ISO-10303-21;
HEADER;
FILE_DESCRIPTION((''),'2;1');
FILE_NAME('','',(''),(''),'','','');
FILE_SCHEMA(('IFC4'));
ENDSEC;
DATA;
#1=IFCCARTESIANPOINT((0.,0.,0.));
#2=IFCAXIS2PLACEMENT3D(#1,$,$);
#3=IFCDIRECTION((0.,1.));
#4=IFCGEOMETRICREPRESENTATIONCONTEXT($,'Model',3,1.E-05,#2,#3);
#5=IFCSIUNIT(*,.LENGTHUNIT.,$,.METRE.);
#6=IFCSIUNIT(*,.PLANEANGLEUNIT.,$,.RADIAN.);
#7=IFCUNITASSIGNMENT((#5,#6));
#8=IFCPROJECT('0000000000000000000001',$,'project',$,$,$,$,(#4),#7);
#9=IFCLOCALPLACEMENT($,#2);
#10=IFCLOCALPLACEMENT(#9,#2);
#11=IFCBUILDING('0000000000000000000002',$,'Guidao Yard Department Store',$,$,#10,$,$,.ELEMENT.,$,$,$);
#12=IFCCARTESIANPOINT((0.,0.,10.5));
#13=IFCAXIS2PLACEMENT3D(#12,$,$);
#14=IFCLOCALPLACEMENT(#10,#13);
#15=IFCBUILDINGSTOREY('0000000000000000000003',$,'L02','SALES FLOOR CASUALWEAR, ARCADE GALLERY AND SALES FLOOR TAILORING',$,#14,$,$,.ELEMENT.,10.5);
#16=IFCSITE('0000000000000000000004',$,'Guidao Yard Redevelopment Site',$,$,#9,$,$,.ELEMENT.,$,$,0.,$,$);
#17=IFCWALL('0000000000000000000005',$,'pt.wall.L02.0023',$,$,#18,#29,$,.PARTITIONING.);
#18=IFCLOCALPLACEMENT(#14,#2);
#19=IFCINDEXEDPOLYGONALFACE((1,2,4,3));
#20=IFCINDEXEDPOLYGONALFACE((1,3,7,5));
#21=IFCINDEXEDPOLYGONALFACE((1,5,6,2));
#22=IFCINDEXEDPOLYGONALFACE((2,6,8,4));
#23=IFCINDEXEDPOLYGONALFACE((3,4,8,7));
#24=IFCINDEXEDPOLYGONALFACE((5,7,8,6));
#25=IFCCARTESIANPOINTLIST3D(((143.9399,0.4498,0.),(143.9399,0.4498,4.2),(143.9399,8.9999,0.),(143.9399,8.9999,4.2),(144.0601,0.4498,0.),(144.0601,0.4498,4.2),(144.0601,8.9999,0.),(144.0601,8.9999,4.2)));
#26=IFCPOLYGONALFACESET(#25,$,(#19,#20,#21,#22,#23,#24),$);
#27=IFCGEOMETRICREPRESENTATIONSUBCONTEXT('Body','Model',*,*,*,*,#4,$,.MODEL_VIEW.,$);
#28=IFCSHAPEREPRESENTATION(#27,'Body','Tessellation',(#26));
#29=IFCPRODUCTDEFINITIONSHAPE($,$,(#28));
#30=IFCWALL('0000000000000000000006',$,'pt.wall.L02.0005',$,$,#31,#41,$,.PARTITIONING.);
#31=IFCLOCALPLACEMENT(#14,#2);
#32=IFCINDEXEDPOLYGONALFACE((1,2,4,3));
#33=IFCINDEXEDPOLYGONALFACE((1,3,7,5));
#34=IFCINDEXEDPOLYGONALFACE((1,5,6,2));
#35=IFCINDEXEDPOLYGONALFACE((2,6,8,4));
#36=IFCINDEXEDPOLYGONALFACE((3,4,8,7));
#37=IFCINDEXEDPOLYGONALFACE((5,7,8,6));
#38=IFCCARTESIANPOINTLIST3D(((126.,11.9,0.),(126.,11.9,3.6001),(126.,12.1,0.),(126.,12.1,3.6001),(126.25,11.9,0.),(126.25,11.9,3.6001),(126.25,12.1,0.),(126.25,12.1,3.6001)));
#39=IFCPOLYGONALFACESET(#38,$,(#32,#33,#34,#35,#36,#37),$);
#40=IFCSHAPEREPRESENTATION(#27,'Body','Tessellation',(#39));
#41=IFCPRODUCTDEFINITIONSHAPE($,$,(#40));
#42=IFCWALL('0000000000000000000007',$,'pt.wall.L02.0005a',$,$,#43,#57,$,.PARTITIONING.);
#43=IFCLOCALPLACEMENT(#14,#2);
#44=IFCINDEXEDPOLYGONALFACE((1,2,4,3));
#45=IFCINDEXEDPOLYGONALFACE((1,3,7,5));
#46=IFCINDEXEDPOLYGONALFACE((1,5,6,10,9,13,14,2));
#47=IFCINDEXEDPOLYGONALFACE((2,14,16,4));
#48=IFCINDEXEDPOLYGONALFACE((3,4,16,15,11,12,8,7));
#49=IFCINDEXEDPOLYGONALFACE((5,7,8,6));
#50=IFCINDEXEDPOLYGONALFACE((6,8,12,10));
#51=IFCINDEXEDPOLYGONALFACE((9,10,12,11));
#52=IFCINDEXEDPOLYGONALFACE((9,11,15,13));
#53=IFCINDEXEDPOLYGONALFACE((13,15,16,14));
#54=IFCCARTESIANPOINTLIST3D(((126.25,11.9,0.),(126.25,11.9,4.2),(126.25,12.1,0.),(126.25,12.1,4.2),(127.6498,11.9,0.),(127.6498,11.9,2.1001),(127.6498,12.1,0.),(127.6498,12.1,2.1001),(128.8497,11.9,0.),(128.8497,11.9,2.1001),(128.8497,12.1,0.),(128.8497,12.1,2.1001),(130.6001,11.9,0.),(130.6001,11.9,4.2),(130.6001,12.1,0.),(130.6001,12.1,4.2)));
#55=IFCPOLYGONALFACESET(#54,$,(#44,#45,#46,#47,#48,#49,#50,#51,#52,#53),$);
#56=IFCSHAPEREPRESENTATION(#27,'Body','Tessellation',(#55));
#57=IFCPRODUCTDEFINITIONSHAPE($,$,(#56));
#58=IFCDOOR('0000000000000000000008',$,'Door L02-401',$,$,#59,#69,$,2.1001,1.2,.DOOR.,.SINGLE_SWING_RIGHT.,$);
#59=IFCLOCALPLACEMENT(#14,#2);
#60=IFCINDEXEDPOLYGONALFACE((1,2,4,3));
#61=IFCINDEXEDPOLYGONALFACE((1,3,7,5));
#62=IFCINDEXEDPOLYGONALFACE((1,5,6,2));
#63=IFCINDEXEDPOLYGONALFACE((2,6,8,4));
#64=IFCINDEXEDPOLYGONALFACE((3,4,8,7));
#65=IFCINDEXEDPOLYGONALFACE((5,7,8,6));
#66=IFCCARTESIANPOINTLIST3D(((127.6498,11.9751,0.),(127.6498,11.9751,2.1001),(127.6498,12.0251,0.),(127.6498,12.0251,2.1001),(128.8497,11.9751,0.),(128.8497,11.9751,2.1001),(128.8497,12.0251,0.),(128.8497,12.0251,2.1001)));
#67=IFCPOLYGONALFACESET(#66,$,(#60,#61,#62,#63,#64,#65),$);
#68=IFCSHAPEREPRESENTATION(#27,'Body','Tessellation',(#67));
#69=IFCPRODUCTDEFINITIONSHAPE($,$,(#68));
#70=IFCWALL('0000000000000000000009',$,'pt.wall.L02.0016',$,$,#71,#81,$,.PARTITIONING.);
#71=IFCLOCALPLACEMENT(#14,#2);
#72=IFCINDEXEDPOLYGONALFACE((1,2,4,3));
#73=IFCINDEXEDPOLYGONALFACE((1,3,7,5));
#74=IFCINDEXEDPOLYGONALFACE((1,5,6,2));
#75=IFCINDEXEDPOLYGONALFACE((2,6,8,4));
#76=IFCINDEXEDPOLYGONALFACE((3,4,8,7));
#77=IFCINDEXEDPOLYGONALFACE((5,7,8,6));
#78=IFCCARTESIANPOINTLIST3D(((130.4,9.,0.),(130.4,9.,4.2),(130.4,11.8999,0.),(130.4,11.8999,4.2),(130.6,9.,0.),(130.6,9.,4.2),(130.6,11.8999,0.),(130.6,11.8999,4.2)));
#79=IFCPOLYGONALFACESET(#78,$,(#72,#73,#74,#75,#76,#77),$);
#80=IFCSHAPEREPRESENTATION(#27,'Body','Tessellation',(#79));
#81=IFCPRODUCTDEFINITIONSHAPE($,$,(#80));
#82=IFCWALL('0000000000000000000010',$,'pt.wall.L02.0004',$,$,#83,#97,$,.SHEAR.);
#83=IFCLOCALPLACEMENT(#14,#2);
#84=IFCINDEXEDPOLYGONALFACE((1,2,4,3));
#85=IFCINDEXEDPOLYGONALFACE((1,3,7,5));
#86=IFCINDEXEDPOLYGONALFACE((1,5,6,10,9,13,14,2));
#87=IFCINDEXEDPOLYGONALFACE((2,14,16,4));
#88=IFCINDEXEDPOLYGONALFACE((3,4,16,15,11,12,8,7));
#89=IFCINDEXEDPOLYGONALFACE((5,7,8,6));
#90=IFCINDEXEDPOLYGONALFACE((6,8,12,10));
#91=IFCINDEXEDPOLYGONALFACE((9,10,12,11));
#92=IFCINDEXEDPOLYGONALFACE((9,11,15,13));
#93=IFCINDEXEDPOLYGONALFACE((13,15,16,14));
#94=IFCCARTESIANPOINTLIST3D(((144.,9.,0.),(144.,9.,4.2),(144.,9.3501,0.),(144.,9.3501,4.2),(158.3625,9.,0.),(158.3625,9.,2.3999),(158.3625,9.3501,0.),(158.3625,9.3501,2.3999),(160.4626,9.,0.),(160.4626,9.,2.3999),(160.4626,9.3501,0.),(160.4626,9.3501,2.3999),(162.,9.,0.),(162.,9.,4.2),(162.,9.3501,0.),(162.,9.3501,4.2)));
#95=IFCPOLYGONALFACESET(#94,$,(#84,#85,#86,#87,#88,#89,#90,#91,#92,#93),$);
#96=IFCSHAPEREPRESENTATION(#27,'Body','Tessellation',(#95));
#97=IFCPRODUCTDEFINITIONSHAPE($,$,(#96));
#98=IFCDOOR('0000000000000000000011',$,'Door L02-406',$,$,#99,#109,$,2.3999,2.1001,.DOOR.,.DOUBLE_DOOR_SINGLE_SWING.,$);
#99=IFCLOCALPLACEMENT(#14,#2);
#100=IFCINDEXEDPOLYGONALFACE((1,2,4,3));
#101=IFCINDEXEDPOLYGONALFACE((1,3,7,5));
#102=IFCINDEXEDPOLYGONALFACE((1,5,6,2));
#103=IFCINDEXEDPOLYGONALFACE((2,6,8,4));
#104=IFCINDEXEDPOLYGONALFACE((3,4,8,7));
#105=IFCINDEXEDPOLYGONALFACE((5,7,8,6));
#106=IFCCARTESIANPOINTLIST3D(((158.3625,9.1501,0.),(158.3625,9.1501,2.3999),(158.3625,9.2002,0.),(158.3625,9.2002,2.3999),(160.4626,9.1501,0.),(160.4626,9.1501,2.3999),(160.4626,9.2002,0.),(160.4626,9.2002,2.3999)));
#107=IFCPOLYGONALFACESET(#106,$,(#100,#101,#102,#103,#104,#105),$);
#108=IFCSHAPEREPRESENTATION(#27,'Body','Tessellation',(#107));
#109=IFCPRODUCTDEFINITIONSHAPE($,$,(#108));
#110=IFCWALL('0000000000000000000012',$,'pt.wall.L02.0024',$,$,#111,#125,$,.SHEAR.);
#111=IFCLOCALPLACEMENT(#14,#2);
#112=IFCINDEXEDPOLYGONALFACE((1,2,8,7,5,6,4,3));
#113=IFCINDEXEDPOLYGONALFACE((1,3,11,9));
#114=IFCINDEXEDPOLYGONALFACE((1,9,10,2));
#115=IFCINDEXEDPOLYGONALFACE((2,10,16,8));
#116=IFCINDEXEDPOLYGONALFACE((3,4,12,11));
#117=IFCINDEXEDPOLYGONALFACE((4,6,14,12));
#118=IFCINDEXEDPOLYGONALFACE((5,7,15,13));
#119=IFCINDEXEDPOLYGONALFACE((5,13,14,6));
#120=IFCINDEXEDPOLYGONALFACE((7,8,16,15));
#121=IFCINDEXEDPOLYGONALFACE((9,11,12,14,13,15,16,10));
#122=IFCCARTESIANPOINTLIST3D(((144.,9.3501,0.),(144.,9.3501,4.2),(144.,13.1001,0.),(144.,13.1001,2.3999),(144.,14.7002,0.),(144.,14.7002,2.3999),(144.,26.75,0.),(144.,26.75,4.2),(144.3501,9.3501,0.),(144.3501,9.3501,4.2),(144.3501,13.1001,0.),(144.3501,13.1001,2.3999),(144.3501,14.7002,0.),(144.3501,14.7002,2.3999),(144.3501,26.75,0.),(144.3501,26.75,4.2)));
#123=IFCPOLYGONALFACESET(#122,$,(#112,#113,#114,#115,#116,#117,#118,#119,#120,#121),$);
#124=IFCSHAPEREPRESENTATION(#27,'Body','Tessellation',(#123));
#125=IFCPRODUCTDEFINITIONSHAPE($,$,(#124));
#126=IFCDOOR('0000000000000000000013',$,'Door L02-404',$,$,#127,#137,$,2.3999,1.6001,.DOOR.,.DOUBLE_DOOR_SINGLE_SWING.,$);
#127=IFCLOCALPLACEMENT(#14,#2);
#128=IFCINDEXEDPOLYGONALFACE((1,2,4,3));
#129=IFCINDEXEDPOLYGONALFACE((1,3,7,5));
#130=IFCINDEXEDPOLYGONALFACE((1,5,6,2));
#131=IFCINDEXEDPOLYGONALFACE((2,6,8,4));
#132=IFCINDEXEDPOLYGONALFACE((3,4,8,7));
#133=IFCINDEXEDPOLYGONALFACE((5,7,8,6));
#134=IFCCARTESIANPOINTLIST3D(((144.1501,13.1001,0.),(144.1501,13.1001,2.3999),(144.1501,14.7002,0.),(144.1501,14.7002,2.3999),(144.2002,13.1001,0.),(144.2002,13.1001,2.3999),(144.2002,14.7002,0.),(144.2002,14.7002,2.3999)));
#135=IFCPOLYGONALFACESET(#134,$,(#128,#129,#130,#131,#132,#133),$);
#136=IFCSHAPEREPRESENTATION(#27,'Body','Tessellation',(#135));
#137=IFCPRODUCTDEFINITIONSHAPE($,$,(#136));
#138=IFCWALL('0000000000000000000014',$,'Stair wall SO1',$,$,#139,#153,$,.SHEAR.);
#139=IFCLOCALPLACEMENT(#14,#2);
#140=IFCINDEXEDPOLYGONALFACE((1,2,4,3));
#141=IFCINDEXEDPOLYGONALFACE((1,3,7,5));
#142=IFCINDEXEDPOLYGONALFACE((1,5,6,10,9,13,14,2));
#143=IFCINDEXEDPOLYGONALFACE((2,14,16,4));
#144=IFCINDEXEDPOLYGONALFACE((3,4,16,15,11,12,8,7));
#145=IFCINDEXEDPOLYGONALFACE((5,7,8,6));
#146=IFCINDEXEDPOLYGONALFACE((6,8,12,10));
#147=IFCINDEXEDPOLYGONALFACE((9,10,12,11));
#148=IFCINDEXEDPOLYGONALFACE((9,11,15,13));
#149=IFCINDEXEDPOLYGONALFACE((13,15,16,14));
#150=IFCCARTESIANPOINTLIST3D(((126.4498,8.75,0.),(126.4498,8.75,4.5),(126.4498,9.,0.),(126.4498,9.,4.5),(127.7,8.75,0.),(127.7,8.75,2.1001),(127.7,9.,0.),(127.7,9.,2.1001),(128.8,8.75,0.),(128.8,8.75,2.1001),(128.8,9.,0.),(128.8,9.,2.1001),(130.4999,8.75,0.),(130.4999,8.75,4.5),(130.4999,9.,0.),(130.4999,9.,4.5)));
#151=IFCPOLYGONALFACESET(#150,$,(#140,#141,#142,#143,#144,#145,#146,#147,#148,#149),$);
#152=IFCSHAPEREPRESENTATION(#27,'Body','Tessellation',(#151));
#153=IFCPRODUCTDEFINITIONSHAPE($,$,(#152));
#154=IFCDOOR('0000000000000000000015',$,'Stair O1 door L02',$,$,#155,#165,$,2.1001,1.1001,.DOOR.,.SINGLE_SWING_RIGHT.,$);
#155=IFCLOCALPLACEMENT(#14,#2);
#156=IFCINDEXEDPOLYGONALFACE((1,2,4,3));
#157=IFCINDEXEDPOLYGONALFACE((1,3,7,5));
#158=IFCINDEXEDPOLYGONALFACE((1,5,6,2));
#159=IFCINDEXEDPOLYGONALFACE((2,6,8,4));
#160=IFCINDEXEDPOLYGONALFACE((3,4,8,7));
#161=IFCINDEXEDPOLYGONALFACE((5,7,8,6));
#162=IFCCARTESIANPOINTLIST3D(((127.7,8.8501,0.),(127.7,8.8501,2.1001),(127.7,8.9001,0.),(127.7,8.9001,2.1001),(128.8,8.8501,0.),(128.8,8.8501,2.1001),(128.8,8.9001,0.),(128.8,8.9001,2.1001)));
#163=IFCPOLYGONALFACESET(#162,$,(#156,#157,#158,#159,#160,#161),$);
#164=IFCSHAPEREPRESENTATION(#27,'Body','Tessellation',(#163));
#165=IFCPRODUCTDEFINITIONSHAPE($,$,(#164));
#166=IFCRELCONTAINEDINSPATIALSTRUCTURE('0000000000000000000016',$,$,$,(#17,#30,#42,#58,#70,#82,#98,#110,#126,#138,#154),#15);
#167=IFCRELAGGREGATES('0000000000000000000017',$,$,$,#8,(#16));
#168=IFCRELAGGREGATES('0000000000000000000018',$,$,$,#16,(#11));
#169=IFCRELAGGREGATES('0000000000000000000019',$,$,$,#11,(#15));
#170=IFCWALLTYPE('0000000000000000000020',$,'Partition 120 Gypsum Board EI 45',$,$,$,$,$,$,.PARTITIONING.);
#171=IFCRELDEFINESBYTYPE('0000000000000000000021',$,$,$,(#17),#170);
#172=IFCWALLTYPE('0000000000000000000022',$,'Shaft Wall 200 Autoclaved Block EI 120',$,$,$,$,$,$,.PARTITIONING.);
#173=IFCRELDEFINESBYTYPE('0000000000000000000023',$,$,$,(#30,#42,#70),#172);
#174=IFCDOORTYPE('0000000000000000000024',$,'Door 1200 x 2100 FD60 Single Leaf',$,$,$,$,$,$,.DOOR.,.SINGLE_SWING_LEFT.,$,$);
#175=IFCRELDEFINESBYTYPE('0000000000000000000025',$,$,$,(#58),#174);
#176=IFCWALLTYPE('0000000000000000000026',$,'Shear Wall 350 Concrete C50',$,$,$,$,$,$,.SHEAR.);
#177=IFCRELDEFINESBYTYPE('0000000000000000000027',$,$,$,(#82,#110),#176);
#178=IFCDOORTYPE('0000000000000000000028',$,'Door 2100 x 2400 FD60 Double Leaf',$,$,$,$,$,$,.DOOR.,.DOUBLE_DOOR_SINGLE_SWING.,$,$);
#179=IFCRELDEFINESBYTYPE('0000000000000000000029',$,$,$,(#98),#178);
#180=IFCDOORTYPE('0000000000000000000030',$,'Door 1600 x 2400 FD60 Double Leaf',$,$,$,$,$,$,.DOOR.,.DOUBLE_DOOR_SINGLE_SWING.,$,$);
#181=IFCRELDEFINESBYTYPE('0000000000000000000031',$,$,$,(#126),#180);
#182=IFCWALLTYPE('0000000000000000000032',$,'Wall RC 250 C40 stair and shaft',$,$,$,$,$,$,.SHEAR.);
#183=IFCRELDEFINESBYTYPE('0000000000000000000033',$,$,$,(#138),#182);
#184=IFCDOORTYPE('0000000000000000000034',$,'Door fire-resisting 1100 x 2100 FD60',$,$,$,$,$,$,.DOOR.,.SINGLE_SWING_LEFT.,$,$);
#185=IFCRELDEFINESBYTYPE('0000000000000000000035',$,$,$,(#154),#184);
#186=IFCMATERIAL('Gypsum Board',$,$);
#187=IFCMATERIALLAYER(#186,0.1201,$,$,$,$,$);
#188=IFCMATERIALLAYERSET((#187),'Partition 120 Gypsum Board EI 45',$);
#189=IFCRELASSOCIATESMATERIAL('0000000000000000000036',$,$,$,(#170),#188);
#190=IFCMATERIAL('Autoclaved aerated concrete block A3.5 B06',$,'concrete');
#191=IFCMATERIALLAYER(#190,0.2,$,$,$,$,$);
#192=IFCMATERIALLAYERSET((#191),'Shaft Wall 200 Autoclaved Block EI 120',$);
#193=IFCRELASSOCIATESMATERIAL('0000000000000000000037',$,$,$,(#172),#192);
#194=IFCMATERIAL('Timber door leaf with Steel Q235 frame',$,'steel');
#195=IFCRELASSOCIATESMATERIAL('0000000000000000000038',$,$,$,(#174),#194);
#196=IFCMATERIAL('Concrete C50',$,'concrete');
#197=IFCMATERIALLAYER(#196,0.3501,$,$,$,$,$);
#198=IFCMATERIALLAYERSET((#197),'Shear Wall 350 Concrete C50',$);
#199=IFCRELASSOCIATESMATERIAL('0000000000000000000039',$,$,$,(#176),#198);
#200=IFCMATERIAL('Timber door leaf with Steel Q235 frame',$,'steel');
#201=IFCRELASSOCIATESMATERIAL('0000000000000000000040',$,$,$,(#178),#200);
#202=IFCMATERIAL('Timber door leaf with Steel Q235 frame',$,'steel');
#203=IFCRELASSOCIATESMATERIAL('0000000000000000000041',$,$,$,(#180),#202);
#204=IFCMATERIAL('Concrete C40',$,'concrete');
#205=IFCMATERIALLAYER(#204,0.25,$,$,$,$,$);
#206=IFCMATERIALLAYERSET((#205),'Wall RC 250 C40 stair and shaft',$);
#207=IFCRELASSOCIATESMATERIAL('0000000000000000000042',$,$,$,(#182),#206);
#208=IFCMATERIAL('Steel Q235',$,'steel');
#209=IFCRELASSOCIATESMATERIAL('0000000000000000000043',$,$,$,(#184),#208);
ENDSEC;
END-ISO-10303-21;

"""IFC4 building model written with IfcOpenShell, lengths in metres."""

from ifc_helpers import new_model, si_unit, direction, frame, frame_2d, origin, place, context, subcontext, project, spatial, rectangle, extrude, material, layer, layer_set, type_object, element, fill, save


model = new_model("IFC4")

# Units and contexts
model_context = context("Model", 3, precision=1e-05, world=origin(), true_north=direction((0.0, 1.0)))
body_context = subcontext(model_context, "Body", "Model", "MODEL_VIEW")
ifc_project = project(units=[si_unit("LENGTHUNIT", "METRE"), si_unit("PLANEANGLEUNIT", "RADIAN")], contexts=[model_context])

# Site, building, storey
site_placement = place(None, origin())
site = spatial("IfcSite", under=ifc_project, at=site_placement, Name="Guidao Yard Redevelopment Site", CompositionType="ELEMENT", RefElevation=0.0)
building_placement = place(site_placement, origin())
building = spatial("IfcBuilding", under=site, at=building_placement, Name="Guidao Yard Department Store", CompositionType="ELEMENT")
storey_placement = place(building_placement, frame((0.0, 0.0, 10.5)))
storey = spatial("IfcBuildingStorey", under=building, at=storey_placement, Name="L02", Description="SALES FLOOR CASUALWEAR, ARCADE GALLERY AND SALES FLOOR TAILORING", CompositionType="ELEMENT", Elevation=10.5)

# Shared definitions
ifc_material_1 = material(Name="Gypsum Board")
ifc_layer_1 = layer(ifc_material_1, 0.1201)
ifc_layer_set_1 = layer_set([ifc_layer_1], Name="Partition 120 Gypsum Board EI 45")
wall_type_1 = type_object("IfcWallType", Name="Partition 120 Gypsum Board EI 45", PredefinedType="PARTITIONING", material=ifc_layer_set_1)

# Walls
wall_1_placement = place(storey_placement, frame((144.0, 0.45, 0.0), z_axis=(0.0, 0.0, 1.0), x_axis=(0.0, 1.0, 0.0)))
element("IfcWall", 1, at=wall_1_placement, inside=storey, type_object=wall_type_1, Name="pt.wall.L02.0023", PredefinedType="PARTITIONING", context=body_context, shape_type="SweptSolid", body=[
    extrude(rectangle(XDim=8.55, YDim=0.1201, at=frame_2d((4.2749, 0.0))), origin(), (0.0, 0.0, 1.0), 4.2),
])
ifc_material_2 = material(Name="Autoclaved aerated concrete block A3.5 B06", Category="concrete")
ifc_layer_2 = layer(ifc_material_2, 0.2)
ifc_layer_set_2 = layer_set([ifc_layer_2], Name="Shaft Wall 200 Autoclaved Block EI 120")
wall_type_2 = type_object("IfcWallType", Name="Shaft Wall 200 Autoclaved Block EI 120", PredefinedType="PARTITIONING", material=ifc_layer_set_2)
wall_2_placement = place(storey_placement, frame((126.0, 12.0, 0.0), z_axis=(0.0, 0.0, 1.0), x_axis=(1.0, 0.0, 0.0)))
element("IfcWall", 2, at=wall_2_placement, inside=storey, type_object=wall_type_2, Name="pt.wall.L02.0005", PredefinedType="PARTITIONING", context=body_context, shape_type="SweptSolid", body=[
    extrude(rectangle(XDim=0.25, YDim=0.2, at=frame_2d((0.125, 0.0))), origin(), (0.0, 0.0, 1.0), 3.6001),
])

# Wall, opening, door
wall_3_placement = place(storey_placement, frame((126.25, 12.0, 0.0), z_axis=(0.0, 0.0, 1.0), x_axis=(1.0, 0.0, 0.0)))
wall_3 = element("IfcWall", 3, at=wall_3_placement, inside=storey, type_object=wall_type_2, Name="pt.wall.L02.0005a", PredefinedType="PARTITIONING", context=body_context, shape_type="SweptSolid", body=[
    extrude(rectangle(XDim=4.3501, YDim=0.2, at=frame_2d((2.175, 0.0))), origin(), (0.0, 0.0, 1.0), 4.2),
])
opening_1_placement = place(wall_3_placement, frame((2.5999, 0.0, 0.0), z_axis=(0.0, 0.0, 1.0), x_axis=(-1.0, 0.0, 0.0)))
opening_1 = element("IfcOpeningElement", 4, at=opening_1_placement, cuts=wall_3, PredefinedType="OPENING", context=body_context, shape_type="SweptSolid", body=[
    extrude(rectangle(XDim=1.2, YDim=2.1001, at=frame_2d((0.6001, 1.05))), frame((0.0, 0.1099, 0.0), z_axis=(0.0, -1.0, 0.0), x_axis=(1.0, 0.0, 0.0)), (0.0, 0.0, 1.0), 0.22),
])
ifc_material_3 = material(Name="Timber door leaf with Steel Q235 frame", Category="steel")
door_type_1 = type_object("IfcDoorType", Name="Door 1200 x 2100 FD60 Single Leaf", OperationType="SINGLE_SWING_LEFT", PredefinedType="DOOR", material=ifc_material_3)
door_1_placement = place(opening_1_placement, origin())
door_1 = element("IfcDoor", 5, at=door_1_placement, inside=storey, type_object=door_type_1, Name="Door L02-401", OperationType="SINGLE_SWING_RIGHT", OverallHeight=2.1001, OverallWidth=1.2, PredefinedType="DOOR", context=body_context, shape_type="SweptSolid", body=[
    extrude(rectangle(XDim=1.2, YDim=2.1001, at=frame_2d((0.6001, 1.05))), frame((0.0, 0.0249, 0.0), z_axis=(0.0, -1.0, 0.0), x_axis=(1.0, 0.0, 0.0)), (0.0, 0.0, 1.0), 0.05),
])
fill(opening_1, door_1)

# Wall
wall_4_placement = place(storey_placement, frame((130.5, 9.0, 0.0), z_axis=(0.0, 0.0, 1.0), x_axis=(0.0, 1.0, 0.0)))
element("IfcWall", 6, at=wall_4_placement, inside=storey, type_object=wall_type_2, Name="pt.wall.L02.0016", PredefinedType="PARTITIONING", context=body_context, shape_type="SweptSolid", body=[
    extrude(rectangle(XDim=2.8999, YDim=0.2, at=frame_2d((1.45, 0.0))), origin(), (0.0, 0.0, 1.0), 4.2),
])

# Walls, openings, doors
ifc_material_4 = material(Name="Concrete C50", Category="concrete")
ifc_layer_3 = layer(ifc_material_4, 0.3501)
ifc_layer_set_3 = layer_set([ifc_layer_3], Name="Shear Wall 350 Concrete C50")
wall_type_3 = type_object("IfcWallType", Name="Shear Wall 350 Concrete C50", PredefinedType="SHEAR", material=ifc_layer_set_3)
wall_5_placement = place(storey_placement, frame((144.0, 9.175, 0.0), z_axis=(0.0, 0.0, 1.0), x_axis=(1.0, 0.0, 0.0)))
wall_5 = element("IfcWall", 7, at=wall_5_placement, inside=storey, type_object=wall_type_3, Name="pt.wall.L02.0004", PredefinedType="SHEAR", context=body_context, shape_type="SweptSolid", body=[
    extrude(rectangle(XDim=18.0, YDim=0.3501, at=frame_2d((9.0, 0.0))), origin(), (0.0, 0.0, 1.0), 4.2),
])
opening_2_placement = place(wall_5_placement, frame((16.4626, 0.0, 0.0), z_axis=(0.0, 0.0, 1.0), x_axis=(-1.0, 0.0, 0.0)))
opening_2 = element("IfcOpeningElement", 8, at=opening_2_placement, cuts=wall_5, PredefinedType="OPENING", context=body_context, shape_type="SweptSolid", body=[
    extrude(rectangle(XDim=2.1001, YDim=2.3999, at=frame_2d((1.05, 1.2))), frame((0.0, 0.1851, 0.0), z_axis=(0.0, -1.0, 0.0), x_axis=(1.0, 0.0, 0.0)), (0.0, 0.0, 1.0), 0.3701),
])
ifc_material_5 = material(Name="Timber door leaf with Steel Q235 frame", Category="steel")
door_type_2 = type_object("IfcDoorType", Name="Door 2100 x 2400 FD60 Double Leaf", OperationType="DOUBLE_DOOR_SINGLE_SWING", PredefinedType="DOOR", material=ifc_material_5)
door_2_placement = place(opening_2_placement, origin())
door_2 = element("IfcDoor", 9, at=door_2_placement, inside=storey, type_object=door_type_2, Name="Door L02-406", OperationType="DOUBLE_DOOR_SINGLE_SWING", OverallHeight=2.3999, OverallWidth=2.1001, PredefinedType="DOOR", context=body_context, shape_type="SweptSolid", body=[
    extrude(rectangle(XDim=2.1001, YDim=2.3999, at=frame_2d((1.05, 1.2))), frame((0.0, 0.0249, 0.0), z_axis=(0.0, -1.0, 0.0), x_axis=(1.0, 0.0, 0.0)), (0.0, 0.0, 1.0), 0.05),
])
fill(opening_2, door_2)
wall_6_placement = place(storey_placement, frame((144.175, 9.3501, 0.0), z_axis=(0.0, 0.0, 1.0), x_axis=(0.0, 1.0, 0.0)))
wall_6 = element("IfcWall", 10, at=wall_6_placement, inside=storey, type_object=wall_type_3, Name="pt.wall.L02.0024", PredefinedType="SHEAR", context=body_context, shape_type="SweptSolid", body=[
    extrude(rectangle(XDim=17.3999, YDim=0.3501, at=frame_2d((8.7, 0.0))), origin(), (0.0, 0.0, 1.0), 4.2),
])
opening_3_placement = place(wall_6_placement, frame((3.75, 0.0, 0.0)))
opening_3 = element("IfcOpeningElement", 11, at=opening_3_placement, cuts=wall_6, PredefinedType="OPENING", context=body_context, shape_type="SweptSolid", body=[
    extrude(rectangle(XDim=1.6001, YDim=2.3999, at=frame_2d((0.8, 1.2))), frame((0.0, 0.1851, 0.0), z_axis=(0.0, -1.0, 0.0), x_axis=(1.0, 0.0, 0.0)), (0.0, 0.0, 1.0), 0.3701),
])
ifc_material_6 = material(Name="Timber door leaf with Steel Q235 frame", Category="steel")
door_type_3 = type_object("IfcDoorType", Name="Door 1600 x 2400 FD60 Double Leaf", OperationType="DOUBLE_DOOR_SINGLE_SWING", PredefinedType="DOOR", material=ifc_material_6)
door_3_placement = place(opening_3_placement, origin())
door_3 = element("IfcDoor", 12, at=door_3_placement, inside=storey, type_object=door_type_3, Name="Door L02-404", OperationType="DOUBLE_DOOR_SINGLE_SWING", OverallHeight=2.3999, OverallWidth=1.6001, PredefinedType="DOOR", context=body_context, shape_type="SweptSolid", body=[
    extrude(rectangle(XDim=1.6001, YDim=2.3999, at=frame_2d((0.8, 1.2))), frame((0.0, 0.0249, 0.0), z_axis=(0.0, -1.0, 0.0), x_axis=(1.0, 0.0, 0.0)), (0.0, 0.0, 1.0), 0.05),
])
fill(opening_3, door_3)
ifc_material_7 = material(Name="Concrete C40", Category="concrete")
ifc_layer_4 = layer(ifc_material_7, 0.25)
ifc_layer_set_4 = layer_set([ifc_layer_4], Name="Wall RC 250 C40 stair and shaft")
wall_type_4 = type_object("IfcWallType", Name="Wall RC 250 C40 stair and shaft", PredefinedType="SHEAR", material=ifc_layer_set_4)
wall_7_placement = place(storey_placement, frame((126.45, 8.875, 0.0), z_axis=(0.0, 0.0, 1.0), x_axis=(1.0, 0.0, 0.0)))
wall_7 = element("IfcWall", 13, at=wall_7_placement, inside=storey, type_object=wall_type_4, Name="Stair wall SO1", PredefinedType="SHEAR", context=body_context, shape_type="SweptSolid", body=[
    extrude(rectangle(XDim=4.05, YDim=0.25, at=frame_2d((2.0249, 0.0))), origin(), (0.0, 0.0, 1.0), 4.5),
])
opening_4_placement = place(wall_7_placement, frame((2.3501, 0.0, 0.0), z_axis=(0.0, 0.0, 1.0), x_axis=(-1.0, 0.0, 0.0)))
opening_4 = element("IfcOpeningElement", 14, at=opening_4_placement, cuts=wall_7, PredefinedType="OPENING", context=body_context, shape_type="SweptSolid", body=[
    extrude(rectangle(XDim=1.1001, YDim=2.1001, at=frame_2d((0.55, 1.05))), frame((0.0, 0.135, 0.0), z_axis=(0.0, -1.0, 0.0), x_axis=(1.0, 0.0, 0.0)), (0.0, 0.0, 1.0), 0.27),
])
ifc_material_8 = material(Name="Steel Q235", Category="steel")
door_type_4 = type_object("IfcDoorType", Name="Door fire-resisting 1100 x 2100 FD60", OperationType="SINGLE_SWING_LEFT", PredefinedType="DOOR", material=ifc_material_8)
door_4_placement = place(opening_4_placement, origin())
door_4 = element("IfcDoor", 15, at=door_4_placement, inside=storey, type_object=door_type_4, Name="Stair O1 door L02", OperationType="SINGLE_SWING_RIGHT", OverallHeight=2.1001, OverallWidth=1.1001, PredefinedType="DOOR", context=body_context, shape_type="SweptSolid", body=[
    extrude(rectangle(XDim=1.1001, YDim=2.1001, at=frame_2d((0.55, 1.05))), frame((0.0, 0.0249, 0.0), z_axis=(0.0, -1.0, 0.0), x_axis=(1.0, 0.0, 0.0)), (0.0, 0.0, 1.0), 0.05),
])
fill(opening_4, door_4)

save(model, "model.ifc")
